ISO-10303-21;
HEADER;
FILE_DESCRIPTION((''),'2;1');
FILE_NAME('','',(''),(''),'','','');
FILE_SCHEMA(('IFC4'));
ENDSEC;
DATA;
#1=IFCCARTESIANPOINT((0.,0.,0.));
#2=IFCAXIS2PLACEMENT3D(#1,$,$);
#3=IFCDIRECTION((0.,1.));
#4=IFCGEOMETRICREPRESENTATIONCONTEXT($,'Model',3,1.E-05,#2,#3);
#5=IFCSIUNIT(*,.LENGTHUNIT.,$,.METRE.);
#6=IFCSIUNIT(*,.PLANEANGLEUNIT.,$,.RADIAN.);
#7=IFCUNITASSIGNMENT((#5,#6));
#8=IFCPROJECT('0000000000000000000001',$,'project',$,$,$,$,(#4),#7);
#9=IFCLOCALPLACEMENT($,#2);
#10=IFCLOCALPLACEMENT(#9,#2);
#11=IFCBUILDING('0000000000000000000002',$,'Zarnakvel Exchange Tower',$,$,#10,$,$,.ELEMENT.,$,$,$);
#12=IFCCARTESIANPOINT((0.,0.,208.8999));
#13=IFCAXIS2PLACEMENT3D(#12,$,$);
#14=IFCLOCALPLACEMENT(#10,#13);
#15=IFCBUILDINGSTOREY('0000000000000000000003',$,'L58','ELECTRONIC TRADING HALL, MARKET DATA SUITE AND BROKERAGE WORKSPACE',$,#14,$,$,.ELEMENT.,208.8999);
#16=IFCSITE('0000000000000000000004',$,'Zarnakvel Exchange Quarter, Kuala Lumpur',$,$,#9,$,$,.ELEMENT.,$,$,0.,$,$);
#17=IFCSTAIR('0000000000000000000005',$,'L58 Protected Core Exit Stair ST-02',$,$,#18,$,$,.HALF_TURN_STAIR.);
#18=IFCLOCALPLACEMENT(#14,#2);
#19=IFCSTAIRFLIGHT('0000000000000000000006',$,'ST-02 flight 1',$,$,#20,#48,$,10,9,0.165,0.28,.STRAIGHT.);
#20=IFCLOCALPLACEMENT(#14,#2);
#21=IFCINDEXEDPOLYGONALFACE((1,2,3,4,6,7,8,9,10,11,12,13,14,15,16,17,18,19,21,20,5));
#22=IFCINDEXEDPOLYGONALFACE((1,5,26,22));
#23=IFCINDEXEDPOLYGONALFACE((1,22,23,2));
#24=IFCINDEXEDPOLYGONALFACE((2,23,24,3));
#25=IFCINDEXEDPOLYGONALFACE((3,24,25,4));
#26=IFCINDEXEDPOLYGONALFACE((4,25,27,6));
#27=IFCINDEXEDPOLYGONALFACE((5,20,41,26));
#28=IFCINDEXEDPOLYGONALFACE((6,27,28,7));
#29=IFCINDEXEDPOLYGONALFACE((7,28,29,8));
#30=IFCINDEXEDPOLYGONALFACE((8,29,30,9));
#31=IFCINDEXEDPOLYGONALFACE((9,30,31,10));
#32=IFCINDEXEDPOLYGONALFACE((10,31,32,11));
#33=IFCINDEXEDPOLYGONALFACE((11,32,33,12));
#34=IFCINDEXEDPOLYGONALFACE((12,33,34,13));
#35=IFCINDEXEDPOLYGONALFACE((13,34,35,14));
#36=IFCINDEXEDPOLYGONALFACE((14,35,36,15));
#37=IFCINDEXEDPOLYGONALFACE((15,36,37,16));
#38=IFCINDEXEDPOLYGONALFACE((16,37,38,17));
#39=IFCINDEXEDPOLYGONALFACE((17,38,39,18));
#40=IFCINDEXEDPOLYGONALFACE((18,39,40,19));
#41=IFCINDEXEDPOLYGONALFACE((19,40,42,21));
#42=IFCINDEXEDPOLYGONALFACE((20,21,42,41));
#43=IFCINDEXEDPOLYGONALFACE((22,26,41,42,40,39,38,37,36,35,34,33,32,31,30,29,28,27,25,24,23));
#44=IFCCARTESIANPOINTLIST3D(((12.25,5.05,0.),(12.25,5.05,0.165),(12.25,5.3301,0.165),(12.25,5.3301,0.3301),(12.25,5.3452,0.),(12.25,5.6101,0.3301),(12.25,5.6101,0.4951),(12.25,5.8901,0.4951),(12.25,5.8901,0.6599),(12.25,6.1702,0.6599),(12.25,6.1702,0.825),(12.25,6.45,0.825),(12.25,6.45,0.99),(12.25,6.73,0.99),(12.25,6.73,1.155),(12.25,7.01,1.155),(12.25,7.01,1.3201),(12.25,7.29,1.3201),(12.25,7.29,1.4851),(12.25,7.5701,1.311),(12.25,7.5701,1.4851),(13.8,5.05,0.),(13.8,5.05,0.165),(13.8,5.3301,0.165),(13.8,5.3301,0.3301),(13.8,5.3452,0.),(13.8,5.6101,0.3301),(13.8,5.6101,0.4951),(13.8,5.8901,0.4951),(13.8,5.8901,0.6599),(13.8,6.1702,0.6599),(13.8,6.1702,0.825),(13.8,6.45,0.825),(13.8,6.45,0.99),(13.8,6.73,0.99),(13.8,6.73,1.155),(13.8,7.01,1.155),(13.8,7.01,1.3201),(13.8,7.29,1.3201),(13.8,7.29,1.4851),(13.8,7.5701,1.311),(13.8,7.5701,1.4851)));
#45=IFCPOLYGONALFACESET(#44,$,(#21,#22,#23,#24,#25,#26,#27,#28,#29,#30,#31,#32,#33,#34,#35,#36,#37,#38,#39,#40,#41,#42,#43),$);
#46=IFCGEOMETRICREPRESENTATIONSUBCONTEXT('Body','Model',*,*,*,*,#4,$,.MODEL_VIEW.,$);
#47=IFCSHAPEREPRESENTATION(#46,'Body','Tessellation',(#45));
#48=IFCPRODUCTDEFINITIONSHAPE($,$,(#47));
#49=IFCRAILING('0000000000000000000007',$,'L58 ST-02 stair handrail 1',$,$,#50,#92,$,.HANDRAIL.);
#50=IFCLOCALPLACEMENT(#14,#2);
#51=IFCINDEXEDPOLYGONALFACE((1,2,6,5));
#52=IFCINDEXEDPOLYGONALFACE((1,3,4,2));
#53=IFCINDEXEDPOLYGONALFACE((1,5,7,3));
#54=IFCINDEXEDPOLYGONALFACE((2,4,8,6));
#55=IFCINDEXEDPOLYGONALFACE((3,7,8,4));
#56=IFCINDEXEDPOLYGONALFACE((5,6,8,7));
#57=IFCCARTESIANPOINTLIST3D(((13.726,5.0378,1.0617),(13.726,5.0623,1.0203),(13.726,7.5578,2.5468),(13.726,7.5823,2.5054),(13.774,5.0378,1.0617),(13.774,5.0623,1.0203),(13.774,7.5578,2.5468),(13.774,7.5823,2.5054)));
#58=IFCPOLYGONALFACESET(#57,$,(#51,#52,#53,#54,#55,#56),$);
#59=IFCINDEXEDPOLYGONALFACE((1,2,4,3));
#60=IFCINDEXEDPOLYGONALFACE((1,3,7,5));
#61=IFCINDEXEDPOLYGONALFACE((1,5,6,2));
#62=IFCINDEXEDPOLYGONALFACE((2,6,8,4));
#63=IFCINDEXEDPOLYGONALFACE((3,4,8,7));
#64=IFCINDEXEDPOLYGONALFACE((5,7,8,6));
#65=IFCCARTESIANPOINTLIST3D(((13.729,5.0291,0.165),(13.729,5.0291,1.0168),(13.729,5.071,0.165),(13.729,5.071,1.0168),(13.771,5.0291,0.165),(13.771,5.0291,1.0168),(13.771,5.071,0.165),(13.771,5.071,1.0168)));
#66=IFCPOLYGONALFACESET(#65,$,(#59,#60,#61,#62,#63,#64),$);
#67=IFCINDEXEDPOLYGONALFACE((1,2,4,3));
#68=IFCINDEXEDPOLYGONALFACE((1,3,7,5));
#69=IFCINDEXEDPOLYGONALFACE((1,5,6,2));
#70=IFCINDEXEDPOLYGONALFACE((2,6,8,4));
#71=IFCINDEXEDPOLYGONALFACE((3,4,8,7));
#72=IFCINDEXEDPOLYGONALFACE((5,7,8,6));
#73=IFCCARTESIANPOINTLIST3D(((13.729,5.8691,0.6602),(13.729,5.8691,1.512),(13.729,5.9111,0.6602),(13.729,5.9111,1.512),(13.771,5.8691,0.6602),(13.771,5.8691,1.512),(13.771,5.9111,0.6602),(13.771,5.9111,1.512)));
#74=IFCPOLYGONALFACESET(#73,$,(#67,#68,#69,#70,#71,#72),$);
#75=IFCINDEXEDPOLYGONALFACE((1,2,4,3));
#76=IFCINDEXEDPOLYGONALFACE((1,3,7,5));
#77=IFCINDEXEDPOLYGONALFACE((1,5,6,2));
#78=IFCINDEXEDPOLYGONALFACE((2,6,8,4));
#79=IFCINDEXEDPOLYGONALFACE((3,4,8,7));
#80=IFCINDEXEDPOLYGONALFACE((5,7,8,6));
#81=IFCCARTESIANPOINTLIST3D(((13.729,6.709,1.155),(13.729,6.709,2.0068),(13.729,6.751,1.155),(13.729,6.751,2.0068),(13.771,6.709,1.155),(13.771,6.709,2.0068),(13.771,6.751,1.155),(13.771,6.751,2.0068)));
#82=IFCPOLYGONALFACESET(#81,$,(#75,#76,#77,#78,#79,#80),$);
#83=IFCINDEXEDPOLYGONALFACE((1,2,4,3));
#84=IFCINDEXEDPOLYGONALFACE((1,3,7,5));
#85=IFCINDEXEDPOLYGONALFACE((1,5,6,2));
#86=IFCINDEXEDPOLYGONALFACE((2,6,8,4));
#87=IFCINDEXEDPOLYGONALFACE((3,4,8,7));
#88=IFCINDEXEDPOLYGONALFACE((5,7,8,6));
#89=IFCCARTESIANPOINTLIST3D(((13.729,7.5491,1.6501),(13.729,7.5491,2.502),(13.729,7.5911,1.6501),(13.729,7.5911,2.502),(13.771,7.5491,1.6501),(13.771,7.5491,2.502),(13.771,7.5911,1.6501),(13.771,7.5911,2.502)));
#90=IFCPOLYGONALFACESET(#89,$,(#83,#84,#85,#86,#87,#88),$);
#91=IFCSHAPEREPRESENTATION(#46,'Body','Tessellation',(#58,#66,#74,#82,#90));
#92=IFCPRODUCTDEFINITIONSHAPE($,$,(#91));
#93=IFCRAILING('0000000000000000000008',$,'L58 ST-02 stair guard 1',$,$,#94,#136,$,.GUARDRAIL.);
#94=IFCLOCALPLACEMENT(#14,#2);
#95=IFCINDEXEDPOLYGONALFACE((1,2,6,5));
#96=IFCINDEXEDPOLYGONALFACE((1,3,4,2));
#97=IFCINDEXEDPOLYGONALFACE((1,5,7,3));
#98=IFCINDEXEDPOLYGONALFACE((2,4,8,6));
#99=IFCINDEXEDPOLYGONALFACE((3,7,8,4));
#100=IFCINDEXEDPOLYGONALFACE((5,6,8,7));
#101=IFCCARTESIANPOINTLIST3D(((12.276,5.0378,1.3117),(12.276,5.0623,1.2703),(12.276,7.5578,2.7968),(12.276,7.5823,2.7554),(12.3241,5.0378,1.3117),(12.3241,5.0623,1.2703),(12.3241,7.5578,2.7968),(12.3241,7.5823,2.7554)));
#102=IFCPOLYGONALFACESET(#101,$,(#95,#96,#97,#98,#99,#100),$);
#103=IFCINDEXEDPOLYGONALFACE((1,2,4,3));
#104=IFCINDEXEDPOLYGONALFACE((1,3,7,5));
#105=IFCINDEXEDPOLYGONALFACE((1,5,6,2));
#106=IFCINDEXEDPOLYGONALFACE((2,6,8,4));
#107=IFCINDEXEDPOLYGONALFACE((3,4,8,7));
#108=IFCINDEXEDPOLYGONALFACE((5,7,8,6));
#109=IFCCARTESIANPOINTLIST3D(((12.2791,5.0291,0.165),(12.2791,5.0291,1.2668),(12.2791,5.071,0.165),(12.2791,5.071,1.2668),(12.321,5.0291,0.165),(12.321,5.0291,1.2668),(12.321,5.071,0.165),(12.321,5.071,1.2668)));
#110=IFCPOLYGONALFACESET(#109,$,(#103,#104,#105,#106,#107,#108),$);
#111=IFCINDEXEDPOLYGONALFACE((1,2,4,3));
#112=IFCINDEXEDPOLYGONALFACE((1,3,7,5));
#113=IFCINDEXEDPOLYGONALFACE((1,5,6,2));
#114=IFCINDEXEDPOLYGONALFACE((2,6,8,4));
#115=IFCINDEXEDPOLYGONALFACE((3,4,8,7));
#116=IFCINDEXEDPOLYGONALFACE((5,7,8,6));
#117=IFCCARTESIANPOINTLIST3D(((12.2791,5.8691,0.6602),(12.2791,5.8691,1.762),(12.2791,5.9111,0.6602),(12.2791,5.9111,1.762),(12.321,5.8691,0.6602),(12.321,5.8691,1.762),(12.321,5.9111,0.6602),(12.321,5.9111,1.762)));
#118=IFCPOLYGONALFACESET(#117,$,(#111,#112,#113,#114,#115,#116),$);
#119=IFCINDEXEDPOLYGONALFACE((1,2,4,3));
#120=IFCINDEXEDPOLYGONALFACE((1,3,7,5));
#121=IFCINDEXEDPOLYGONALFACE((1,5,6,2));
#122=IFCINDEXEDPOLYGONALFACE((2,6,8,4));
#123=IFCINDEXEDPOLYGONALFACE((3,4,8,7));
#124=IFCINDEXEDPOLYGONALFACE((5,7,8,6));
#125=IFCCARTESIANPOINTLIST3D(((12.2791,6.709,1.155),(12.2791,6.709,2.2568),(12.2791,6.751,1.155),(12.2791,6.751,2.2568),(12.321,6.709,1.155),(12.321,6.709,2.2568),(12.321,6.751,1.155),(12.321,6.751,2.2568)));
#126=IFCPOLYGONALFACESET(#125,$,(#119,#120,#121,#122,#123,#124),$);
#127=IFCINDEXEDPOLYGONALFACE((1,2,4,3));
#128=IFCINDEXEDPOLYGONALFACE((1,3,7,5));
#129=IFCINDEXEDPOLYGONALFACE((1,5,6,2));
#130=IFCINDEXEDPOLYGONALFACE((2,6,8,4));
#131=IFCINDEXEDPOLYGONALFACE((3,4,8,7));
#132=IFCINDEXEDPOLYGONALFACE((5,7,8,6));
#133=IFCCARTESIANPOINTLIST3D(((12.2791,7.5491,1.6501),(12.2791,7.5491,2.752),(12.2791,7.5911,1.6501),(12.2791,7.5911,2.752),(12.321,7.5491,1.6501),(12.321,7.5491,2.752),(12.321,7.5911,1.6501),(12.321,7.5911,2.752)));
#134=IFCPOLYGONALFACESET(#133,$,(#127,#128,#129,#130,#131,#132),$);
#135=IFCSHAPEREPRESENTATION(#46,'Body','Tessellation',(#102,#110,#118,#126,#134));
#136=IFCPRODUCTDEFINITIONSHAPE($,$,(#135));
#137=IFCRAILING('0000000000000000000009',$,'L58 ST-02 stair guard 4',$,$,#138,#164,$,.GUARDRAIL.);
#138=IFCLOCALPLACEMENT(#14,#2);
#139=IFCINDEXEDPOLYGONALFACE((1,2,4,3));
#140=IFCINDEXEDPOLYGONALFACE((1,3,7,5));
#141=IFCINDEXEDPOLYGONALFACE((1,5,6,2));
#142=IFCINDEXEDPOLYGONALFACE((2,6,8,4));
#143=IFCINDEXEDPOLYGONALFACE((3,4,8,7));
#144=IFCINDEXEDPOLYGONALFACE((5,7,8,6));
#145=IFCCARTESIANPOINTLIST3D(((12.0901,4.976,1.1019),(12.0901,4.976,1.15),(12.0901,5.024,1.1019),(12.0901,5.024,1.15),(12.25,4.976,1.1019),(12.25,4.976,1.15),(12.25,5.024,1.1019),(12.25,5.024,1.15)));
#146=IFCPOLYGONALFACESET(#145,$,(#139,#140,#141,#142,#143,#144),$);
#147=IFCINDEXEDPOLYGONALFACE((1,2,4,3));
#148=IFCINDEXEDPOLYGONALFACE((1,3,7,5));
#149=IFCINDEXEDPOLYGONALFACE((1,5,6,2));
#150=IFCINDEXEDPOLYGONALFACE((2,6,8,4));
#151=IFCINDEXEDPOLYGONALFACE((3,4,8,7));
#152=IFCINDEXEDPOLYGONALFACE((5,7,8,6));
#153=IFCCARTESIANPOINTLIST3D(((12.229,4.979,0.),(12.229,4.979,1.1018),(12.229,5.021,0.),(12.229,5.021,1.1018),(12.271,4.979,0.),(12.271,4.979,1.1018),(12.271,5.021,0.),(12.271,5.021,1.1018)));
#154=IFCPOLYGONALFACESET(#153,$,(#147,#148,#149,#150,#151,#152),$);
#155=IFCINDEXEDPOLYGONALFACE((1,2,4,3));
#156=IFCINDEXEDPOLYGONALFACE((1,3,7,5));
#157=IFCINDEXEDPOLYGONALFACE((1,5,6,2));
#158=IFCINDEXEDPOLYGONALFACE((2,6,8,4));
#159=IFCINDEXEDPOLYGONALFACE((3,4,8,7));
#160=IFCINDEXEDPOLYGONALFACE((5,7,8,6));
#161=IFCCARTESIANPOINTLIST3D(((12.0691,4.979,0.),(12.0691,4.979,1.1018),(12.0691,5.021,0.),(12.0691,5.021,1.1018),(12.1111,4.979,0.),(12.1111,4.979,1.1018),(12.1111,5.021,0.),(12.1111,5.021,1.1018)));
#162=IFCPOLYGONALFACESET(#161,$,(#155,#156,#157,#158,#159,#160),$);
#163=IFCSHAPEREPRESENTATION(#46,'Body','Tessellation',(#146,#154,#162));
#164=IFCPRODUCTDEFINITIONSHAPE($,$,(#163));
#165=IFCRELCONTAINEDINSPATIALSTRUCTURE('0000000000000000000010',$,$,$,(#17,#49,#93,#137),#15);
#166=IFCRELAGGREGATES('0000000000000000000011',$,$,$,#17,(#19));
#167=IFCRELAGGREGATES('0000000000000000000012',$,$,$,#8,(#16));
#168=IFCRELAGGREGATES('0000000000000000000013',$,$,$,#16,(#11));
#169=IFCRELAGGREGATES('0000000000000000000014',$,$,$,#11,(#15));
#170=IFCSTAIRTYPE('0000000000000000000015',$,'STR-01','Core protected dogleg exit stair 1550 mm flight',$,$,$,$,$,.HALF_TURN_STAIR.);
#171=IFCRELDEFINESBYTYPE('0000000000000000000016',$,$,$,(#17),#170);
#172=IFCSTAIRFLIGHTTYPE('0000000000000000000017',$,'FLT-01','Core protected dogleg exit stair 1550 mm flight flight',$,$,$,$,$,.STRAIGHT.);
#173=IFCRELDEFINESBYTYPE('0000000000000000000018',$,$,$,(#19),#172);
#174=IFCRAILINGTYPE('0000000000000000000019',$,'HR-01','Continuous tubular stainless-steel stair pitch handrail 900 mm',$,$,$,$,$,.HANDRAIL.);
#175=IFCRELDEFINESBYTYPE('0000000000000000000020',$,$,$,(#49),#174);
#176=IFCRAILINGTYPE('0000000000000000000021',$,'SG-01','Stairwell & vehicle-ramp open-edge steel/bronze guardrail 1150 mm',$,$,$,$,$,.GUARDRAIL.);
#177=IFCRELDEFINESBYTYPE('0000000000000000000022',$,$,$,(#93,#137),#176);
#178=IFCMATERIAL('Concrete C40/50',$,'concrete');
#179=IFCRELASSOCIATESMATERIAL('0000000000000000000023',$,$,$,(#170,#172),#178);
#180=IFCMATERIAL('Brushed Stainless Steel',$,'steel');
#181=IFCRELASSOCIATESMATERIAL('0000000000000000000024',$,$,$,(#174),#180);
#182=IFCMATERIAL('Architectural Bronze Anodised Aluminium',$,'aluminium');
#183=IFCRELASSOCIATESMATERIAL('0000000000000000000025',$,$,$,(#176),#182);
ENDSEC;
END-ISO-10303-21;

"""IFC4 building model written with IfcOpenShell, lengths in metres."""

from ifc_helpers import new_model, si_unit, direction, frame, origin, origin_2d, place, context, subcontext, project, spatial, polyline, rectangle, outline, extrude, material, type_object, element, aggregate, save


model = new_model("IFC4")

# Units and contexts
model_context = context("Model", 3, precision=1e-05, world=origin(), true_north=direction((0.0, 1.0)))
body_context = subcontext(model_context, "Body", "Model", "MODEL_VIEW")
ifc_project = project(units=[si_unit("LENGTHUNIT", "METRE"), si_unit("PLANEANGLEUNIT", "RADIAN")], contexts=[model_context])

# Site, building, storey
site_placement = place(None, origin())
site = spatial("IfcSite", under=ifc_project, at=site_placement, Name="Zarnakvel Exchange Quarter, Kuala Lumpur", CompositionType="ELEMENT", RefElevation=0.0)
building_placement = place(site_placement, origin())
building = spatial("IfcBuilding", under=site, at=building_placement, Name="Zarnakvel Exchange Tower", CompositionType="ELEMENT")
storey_placement = place(building_placement, frame((0.0, 0.0, 208.8999)))
storey = spatial("IfcBuildingStorey", under=building, at=storey_placement, Name="L58", Description="ELECTRONIC TRADING HALL, MARKET DATA SUITE AND BROKERAGE WORKSPACE", CompositionType="ELEMENT", Elevation=208.8999)

# Shared definitions
ifc_material_1 = material(Name="Architectural Bronze Anodised Aluminium", Category="aluminium")

# Shared definitions
ifc_material_2 = material(Name="Concrete C40/50", Category="concrete")
ifc_material_3 = material(Name="Brushed Stainless Steel", Category="steel")

# Stair, stair flight
stair_type = type_object("IfcStairType", Name="STR-01", Description="Core protected dogleg exit stair 1550 mm flight", PredefinedType="HALF_TURN_STAIR", material=ifc_material_2)
stair_placement = place(storey_placement, origin())
stair = element("IfcStair", 1, at=stair_placement, inside=storey, type_object=stair_type, Name="L58 Protected Core Exit Stair ST-02", PredefinedType="HALF_TURN_STAIR")
stair_flight_type = type_object("IfcStairFlightType", Name="FLT-01", Description="Core protected dogleg exit stair 1550 mm flight flight", PredefinedType="STRAIGHT", material=ifc_material_2)
stair_flight_placement = place(storey_placement, frame((13.0249, 5.05, 0.0), z_axis=(0.0, 0.0, 1.0), x_axis=(0.0, 1.0, 0.0)))
stair_flight = element("IfcStairFlight", 2, at=stair_flight_placement, type_object=stair_flight_type, Name="ST-02 flight 1", NumberOfRisers=10, NumberOfTreads=9, PredefinedType="STRAIGHT", RiserHeight=0.165, TreadLength=0.28, context=body_context, shape_type="SweptSolid", body=[
    extrude(outline(polyline([(0.0, 0.0), (0.0, 0.165), (0.28, 0.165), (0.28, 0.3301), (0.5601, 0.3301), (0.5601, 0.4951), (0.8401, 0.4951), (0.8401, 0.6599), (1.1201, 0.6599), (1.1201, 0.825), (1.3999, 0.825), (1.3999, 0.99), (1.6799, 0.99), (1.6799, 1.155), (1.96, 1.155), (1.96, 1.3201), (2.24, 1.3201), (2.24, 1.4851), (2.52, 1.4851), (2.52, 1.6499), (2.52, 1.311), (0.2952, 0.0), (0.0, 0.0)])), frame((0.0, 0.7749, 0.0), z_axis=(0.0, -1.0, 0.0), x_axis=(1.0, 0.0, 0.0)), (0.0, 0.0, 1.0), 1.55),
])
aggregate(stair, [stair_flight])

# Railings
railing_type_1 = type_object("IfcRailingType", Name="HR-01", Description="Continuous tubular stainless-steel stair pitch handrail 900 mm", PredefinedType="HANDRAIL", material=ifc_material_3)
railing_1_placement = place(storey_placement, frame((13.75, 5.05, 0.165)))
element("IfcRailing", 3, at=railing_1_placement, inside=storey, type_object=railing_type_1, Name="L58 ST-02 stair handrail 1", PredefinedType="HANDRAIL", context=body_context, shape_type="SweptSolid", body=[
    extrude(rectangle(XDim=0.0481, YDim=0.0481, at=origin_2d()), frame((0.0, 0.0, 0.876), z_axis=(0.0, 0.861524, 0.507717), x_axis=(-1.0, 0.0, 0.0)), (0.0, 0.0, 1.0), 2.925),
    extrude(rectangle(XDim=0.042, YDim=0.042, at=origin_2d()), origin(), (0.0, 0.0, 1.0), 0.8518),
    extrude(rectangle(XDim=0.042, YDim=0.042, at=origin_2d()), frame((0.0, 0.8401, 0.4951)), (0.0, 0.0, 1.0), 0.8518),
    extrude(rectangle(XDim=0.042, YDim=0.042, at=origin_2d()), frame((0.0, 1.6799, 0.99)), (0.0, 0.0, 1.0), 0.8518),
    extrude(rectangle(XDim=0.042, YDim=0.042, at=origin_2d()), frame((0.0, 2.52, 1.4851)), (0.0, 0.0, 1.0), 0.8518),
])
railing_type_2 = type_object("IfcRailingType", Name="SG-01", Description="Stairwell & vehicle-ramp open-edge steel/bronze guardrail 1150 mm", PredefinedType="GUARDRAIL", material=ifc_material_1)
railing_2_placement = place(storey_placement, frame((12.3, 5.05, 0.165)))
element("IfcRailing", 4, at=railing_2_placement, inside=storey, type_object=railing_type_2, Name="L58 ST-02 stair guard 1", PredefinedType="GUARDRAIL", context=body_context, shape_type="SweptSolid", body=[
    extrude(rectangle(XDim=0.0481, YDim=0.0481, at=origin_2d()), frame((0.0, 0.0, 1.126), z_axis=(0.0, 0.861524, 0.507717), x_axis=(-1.0, 0.0, 0.0)), (0.0, 0.0, 1.0), 2.925),
    extrude(rectangle(XDim=0.042, YDim=0.042, at=origin_2d()), origin(), (0.0, 0.0, 1.0), 1.1018),
    extrude(rectangle(XDim=0.042, YDim=0.042, at=origin_2d()), frame((0.0, 0.8401, 0.4951)), (0.0, 0.0, 1.0), 1.1018),
    extrude(rectangle(XDim=0.042, YDim=0.042, at=origin_2d()), frame((0.0, 1.6799, 0.99)), (0.0, 0.0, 1.0), 1.1018),
    extrude(rectangle(XDim=0.042, YDim=0.042, at=origin_2d()), frame((0.0, 2.52, 1.4851)), (0.0, 0.0, 1.0), 1.1018),
])
railing_3_placement = place(storey_placement, frame((12.25, 5.0, 0.0)))
element("IfcRailing", 5, at=railing_3_placement, inside=storey, type_object=railing_type_2, Name="L58 ST-02 stair guard 4", PredefinedType="GUARDRAIL", context=body_context, shape_type="SweptSolid", body=[
    extrude(rectangle(XDim=0.0481, YDim=0.0481, at=origin_2d()), frame((0.0, 0.0, 1.126), z_axis=(-1.0, 0.0, 0.0), x_axis=(0.0, -1.0, 0.0)), (0.0, 0.0, 1.0), 0.1599),
    extrude(rectangle(XDim=0.042, YDim=0.042, at=origin_2d()), origin(), (0.0, 0.0, 1.0), 1.1018),
    extrude(rectangle(XDim=0.042, YDim=0.042, at=origin_2d()), frame((-0.1599, 0.0, 0.0)), (0.0, 0.0, 1.0), 1.1018),
])

save(model, "model.ifc")
